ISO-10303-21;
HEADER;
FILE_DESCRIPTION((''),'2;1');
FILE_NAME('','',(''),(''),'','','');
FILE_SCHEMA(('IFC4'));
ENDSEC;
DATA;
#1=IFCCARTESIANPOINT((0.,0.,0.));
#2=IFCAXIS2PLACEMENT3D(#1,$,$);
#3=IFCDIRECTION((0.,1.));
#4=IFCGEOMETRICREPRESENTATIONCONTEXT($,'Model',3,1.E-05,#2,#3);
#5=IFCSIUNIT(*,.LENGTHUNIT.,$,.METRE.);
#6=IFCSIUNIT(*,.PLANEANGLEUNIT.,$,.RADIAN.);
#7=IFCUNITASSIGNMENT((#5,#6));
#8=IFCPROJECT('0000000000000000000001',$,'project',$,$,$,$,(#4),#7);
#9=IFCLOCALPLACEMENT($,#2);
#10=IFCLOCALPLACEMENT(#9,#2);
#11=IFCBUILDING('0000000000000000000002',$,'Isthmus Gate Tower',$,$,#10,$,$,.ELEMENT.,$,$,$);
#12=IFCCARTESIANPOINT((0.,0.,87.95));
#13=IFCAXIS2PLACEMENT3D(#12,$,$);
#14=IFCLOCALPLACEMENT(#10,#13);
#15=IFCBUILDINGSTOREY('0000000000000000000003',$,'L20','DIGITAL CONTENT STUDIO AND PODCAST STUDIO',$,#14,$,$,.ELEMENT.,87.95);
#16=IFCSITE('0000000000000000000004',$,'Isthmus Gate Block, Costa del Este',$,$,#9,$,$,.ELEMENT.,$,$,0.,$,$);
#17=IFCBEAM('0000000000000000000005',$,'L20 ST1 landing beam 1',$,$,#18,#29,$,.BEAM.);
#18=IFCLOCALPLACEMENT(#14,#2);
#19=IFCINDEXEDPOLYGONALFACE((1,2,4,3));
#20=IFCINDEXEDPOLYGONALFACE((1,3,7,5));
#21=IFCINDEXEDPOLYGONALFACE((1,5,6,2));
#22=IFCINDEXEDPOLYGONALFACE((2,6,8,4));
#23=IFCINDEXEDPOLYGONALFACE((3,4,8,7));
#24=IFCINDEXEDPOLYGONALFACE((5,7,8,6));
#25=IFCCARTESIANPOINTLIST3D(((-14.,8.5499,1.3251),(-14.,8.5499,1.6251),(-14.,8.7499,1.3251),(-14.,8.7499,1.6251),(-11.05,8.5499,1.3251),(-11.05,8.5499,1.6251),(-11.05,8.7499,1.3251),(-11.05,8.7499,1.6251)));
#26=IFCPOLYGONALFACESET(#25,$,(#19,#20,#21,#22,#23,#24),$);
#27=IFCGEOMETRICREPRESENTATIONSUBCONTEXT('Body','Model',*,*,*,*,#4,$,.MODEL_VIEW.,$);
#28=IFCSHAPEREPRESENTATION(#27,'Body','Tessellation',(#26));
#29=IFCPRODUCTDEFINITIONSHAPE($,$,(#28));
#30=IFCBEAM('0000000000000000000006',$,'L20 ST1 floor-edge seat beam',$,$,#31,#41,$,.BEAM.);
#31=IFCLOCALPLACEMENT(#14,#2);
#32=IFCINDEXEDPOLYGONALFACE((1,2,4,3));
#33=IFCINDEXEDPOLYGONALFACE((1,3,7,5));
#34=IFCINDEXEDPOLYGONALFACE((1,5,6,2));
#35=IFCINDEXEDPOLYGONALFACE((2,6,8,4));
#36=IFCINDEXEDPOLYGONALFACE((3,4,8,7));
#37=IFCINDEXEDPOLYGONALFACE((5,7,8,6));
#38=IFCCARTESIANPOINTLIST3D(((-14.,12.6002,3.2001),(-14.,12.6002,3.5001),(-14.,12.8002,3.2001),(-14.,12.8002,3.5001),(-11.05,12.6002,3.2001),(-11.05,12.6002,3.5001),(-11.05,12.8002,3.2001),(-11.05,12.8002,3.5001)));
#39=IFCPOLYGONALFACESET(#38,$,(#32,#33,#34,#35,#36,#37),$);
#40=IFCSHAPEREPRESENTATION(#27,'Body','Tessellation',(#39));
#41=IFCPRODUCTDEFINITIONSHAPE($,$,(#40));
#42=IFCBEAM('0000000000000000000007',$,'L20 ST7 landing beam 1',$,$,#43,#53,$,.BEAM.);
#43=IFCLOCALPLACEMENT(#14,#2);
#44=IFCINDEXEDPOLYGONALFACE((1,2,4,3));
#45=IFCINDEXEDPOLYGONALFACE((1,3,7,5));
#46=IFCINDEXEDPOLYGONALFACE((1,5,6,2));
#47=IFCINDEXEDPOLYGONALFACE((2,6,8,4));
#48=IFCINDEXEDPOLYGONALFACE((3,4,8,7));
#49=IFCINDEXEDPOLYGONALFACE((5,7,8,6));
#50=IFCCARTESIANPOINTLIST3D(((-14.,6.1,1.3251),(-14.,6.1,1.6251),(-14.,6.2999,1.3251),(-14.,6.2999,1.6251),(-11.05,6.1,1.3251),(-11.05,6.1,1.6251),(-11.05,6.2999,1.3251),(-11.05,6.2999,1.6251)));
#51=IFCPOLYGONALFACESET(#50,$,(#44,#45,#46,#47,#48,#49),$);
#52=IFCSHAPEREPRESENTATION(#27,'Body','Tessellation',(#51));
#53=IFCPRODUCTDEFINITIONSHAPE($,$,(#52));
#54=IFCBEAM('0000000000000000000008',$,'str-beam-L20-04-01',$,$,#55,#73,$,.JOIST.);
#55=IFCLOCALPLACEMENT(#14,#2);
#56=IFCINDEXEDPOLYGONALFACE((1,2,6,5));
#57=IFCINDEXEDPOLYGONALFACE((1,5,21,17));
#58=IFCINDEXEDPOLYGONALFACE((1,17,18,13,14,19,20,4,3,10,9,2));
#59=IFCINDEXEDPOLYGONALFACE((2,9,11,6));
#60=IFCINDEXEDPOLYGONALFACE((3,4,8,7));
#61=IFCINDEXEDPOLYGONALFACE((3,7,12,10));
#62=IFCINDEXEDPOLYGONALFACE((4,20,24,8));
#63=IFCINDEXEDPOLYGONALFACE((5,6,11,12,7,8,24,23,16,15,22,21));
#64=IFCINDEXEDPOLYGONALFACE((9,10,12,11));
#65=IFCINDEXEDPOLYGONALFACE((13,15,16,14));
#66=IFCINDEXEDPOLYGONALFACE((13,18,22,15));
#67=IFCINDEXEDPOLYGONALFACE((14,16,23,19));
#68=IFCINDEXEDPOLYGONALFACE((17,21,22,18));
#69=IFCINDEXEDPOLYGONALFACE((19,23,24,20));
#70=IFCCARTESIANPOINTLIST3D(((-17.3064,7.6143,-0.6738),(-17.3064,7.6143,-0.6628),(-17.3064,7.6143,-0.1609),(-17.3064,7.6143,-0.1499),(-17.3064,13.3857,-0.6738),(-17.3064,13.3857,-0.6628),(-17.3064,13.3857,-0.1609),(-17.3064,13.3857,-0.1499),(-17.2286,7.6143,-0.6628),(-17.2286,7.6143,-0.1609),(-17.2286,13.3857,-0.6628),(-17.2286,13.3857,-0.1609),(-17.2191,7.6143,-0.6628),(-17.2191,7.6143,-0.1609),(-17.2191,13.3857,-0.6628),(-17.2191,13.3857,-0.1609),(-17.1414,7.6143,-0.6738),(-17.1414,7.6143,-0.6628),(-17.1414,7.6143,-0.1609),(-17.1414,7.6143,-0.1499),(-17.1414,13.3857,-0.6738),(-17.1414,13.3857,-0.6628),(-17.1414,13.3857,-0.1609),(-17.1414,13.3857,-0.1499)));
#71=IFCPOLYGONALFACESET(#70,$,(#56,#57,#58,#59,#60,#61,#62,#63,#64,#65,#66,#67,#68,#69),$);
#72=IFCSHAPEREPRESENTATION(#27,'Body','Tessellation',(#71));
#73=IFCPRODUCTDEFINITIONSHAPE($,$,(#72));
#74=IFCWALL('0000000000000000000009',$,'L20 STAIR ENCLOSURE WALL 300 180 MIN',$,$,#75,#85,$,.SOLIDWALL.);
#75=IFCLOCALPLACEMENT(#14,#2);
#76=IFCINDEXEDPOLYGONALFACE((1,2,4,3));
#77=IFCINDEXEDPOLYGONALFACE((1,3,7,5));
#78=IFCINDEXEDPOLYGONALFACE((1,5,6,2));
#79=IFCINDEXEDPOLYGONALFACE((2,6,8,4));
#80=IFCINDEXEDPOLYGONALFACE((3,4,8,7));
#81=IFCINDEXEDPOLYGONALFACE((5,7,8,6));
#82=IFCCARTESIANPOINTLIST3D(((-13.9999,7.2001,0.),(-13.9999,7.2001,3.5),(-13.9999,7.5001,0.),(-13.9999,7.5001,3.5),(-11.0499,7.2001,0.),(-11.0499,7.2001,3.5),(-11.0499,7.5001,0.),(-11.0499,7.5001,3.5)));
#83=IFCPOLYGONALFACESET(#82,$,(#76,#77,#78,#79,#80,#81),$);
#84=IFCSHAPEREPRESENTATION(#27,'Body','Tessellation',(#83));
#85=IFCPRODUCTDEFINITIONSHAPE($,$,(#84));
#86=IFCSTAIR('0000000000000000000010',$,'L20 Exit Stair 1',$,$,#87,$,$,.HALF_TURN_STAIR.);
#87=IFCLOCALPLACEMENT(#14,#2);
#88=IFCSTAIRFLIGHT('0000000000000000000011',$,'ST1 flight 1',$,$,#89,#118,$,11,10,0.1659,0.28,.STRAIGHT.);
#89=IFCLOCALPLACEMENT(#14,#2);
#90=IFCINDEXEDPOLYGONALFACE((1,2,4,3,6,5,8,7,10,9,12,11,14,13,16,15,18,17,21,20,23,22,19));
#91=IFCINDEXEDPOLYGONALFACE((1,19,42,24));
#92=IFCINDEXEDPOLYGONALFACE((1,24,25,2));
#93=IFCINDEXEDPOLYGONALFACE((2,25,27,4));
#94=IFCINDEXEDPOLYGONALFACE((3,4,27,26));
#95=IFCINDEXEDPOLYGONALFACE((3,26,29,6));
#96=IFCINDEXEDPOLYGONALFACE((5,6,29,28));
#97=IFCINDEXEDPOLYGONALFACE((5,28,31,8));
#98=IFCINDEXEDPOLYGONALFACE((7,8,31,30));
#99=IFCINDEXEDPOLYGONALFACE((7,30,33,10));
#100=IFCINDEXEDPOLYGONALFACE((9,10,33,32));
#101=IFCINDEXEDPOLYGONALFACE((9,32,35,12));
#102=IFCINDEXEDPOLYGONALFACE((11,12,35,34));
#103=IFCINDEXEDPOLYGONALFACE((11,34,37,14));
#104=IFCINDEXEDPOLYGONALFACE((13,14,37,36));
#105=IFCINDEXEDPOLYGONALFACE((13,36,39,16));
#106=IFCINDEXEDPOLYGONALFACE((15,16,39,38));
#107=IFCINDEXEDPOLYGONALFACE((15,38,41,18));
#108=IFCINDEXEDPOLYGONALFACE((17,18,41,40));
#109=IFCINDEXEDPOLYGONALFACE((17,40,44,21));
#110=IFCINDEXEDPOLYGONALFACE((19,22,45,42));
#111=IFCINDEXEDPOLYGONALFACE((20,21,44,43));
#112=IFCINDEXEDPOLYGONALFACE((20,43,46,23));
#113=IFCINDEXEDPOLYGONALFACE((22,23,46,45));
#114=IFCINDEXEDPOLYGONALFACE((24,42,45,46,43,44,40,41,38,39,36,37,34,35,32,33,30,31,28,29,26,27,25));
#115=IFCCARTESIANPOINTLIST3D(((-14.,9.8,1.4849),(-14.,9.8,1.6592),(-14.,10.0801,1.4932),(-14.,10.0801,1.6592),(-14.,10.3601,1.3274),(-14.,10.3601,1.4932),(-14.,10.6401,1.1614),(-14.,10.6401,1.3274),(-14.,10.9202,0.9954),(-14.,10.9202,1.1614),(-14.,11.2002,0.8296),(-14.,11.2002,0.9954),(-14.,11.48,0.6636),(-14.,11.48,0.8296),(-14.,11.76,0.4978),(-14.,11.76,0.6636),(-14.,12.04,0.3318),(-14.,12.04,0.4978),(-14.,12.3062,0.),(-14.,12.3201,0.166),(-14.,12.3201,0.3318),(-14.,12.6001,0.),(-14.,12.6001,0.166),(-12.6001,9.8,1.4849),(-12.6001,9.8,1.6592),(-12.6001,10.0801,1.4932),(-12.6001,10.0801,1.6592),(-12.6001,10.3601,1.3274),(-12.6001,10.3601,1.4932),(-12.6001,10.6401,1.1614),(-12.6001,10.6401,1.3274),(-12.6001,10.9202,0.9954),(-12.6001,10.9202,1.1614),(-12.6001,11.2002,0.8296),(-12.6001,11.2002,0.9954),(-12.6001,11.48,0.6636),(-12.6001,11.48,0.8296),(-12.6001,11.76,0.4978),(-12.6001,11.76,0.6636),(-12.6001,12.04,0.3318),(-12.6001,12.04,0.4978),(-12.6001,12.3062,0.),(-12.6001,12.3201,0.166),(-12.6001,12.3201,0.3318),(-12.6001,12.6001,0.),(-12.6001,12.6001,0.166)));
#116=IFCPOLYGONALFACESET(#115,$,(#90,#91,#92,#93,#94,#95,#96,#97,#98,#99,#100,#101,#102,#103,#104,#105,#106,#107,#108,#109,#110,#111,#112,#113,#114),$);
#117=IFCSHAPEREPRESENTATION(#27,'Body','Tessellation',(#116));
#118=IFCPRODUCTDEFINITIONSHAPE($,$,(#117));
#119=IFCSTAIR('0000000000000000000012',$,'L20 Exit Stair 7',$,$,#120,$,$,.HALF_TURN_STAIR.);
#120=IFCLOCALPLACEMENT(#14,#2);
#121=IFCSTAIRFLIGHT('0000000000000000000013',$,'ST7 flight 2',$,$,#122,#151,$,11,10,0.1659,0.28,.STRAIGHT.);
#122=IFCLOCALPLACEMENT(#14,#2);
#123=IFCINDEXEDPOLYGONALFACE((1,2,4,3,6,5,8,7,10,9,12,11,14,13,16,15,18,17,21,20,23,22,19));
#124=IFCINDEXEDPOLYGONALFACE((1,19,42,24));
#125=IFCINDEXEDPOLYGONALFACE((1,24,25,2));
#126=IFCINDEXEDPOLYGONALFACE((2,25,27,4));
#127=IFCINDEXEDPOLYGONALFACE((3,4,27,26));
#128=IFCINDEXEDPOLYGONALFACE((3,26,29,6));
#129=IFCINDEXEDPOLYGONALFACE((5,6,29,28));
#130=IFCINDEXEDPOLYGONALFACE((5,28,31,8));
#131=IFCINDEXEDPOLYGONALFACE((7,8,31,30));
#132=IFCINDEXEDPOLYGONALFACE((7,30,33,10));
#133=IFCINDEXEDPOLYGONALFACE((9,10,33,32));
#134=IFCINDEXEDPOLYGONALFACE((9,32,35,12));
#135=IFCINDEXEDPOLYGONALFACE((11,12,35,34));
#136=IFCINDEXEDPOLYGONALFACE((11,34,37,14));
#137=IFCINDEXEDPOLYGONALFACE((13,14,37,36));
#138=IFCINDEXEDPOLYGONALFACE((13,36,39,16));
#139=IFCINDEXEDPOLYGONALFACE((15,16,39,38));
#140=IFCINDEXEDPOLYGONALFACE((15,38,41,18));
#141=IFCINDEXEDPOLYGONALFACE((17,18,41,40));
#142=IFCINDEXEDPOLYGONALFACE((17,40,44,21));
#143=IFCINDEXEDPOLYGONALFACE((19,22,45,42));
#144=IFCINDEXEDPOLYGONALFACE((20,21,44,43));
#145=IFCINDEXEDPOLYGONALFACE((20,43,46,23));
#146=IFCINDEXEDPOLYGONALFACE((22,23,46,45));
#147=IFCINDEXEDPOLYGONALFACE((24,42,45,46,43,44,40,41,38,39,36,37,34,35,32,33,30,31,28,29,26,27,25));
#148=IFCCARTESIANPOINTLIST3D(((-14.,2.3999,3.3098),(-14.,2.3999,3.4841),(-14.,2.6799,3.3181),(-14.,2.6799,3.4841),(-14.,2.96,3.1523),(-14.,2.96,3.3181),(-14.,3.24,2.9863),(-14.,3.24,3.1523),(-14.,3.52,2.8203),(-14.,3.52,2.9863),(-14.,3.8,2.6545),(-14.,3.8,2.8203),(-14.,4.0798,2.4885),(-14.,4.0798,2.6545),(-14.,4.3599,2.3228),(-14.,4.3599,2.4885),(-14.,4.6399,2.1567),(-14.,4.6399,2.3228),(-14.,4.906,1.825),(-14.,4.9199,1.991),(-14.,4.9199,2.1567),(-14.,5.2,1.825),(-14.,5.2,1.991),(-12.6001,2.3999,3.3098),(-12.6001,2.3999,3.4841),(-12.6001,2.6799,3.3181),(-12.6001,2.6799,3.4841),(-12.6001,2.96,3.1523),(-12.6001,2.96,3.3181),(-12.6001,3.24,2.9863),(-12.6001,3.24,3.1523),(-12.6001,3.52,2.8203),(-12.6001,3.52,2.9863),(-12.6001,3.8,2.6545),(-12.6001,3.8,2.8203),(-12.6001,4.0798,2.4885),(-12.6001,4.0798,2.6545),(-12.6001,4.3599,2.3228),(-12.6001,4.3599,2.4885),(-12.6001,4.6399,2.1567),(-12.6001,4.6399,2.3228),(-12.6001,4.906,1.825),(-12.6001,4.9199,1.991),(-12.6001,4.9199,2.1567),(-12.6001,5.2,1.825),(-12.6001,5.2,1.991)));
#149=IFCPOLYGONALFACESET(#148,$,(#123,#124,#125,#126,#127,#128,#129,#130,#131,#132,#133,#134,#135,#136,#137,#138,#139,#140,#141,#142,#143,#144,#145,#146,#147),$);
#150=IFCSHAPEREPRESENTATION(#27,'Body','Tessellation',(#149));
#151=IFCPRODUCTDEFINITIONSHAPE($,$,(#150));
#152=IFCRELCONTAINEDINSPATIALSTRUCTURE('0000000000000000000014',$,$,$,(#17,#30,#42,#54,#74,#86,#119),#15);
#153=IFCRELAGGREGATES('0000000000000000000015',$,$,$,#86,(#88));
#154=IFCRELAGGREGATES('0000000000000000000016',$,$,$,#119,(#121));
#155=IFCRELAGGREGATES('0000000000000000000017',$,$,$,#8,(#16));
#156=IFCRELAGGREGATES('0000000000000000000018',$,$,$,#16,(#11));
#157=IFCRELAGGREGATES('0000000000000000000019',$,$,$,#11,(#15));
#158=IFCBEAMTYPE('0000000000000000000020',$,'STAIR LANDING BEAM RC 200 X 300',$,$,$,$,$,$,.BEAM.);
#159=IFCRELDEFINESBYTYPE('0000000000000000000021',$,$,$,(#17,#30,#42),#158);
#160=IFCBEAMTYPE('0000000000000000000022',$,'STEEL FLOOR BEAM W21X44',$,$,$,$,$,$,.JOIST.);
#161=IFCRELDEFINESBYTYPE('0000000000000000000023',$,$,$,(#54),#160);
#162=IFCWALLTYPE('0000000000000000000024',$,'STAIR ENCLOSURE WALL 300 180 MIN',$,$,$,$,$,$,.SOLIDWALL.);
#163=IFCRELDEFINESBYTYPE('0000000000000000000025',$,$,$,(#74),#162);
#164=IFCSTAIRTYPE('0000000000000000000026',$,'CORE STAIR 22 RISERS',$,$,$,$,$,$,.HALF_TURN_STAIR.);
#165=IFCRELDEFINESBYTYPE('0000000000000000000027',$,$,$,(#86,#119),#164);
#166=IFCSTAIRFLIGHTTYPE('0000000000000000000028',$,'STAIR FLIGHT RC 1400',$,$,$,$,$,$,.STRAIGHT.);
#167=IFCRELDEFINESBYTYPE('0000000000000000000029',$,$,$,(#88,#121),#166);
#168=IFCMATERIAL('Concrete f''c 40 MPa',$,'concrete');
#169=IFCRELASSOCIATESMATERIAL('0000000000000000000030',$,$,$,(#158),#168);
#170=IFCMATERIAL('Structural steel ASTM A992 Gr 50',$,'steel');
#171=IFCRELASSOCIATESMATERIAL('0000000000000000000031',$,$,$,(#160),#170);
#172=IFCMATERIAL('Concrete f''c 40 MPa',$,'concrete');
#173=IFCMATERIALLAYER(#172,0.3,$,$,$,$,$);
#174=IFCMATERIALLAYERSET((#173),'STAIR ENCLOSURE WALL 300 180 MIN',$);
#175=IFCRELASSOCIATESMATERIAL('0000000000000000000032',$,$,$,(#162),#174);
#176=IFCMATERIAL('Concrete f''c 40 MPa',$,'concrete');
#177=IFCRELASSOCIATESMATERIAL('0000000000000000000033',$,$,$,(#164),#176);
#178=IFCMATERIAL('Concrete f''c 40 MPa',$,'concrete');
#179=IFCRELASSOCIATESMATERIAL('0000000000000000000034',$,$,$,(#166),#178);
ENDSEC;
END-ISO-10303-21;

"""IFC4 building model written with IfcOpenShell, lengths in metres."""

from ifc_helpers import new_model, si_unit, direction, frame, frame_2d, origin, origin_2d, place, context, subcontext, project, spatial, polyline, rectangle, i_section, outline, extrude, material, layer, layer_set, material_profile, profile_set, type_object, element, aggregate, save


model = new_model("IFC4")

# Units and contexts
model_context = context("Model", 3, precision=1e-05, world=origin(), true_north=direction((0.0, 1.0)))
body_context = subcontext(model_context, "Body", "Model", "MODEL_VIEW")
ifc_project = project(units=[si_unit("LENGTHUNIT", "METRE"), si_unit("PLANEANGLEUNIT", "RADIAN")], contexts=[model_context])

# Site, building, storey
site_placement = place(None, origin())
site = spatial("IfcSite", under=ifc_project, at=site_placement, Name="Isthmus Gate Block, Costa del Este", CompositionType="ELEMENT", RefElevation=0.0)
building_placement = place(site_placement, origin())
building = spatial("IfcBuilding", under=site, at=building_placement, Name="Isthmus Gate Tower", CompositionType="ELEMENT")
storey_placement = place(building_placement, frame((0.0, 0.0, 87.95)))
storey = spatial("IfcBuildingStorey", under=building, at=storey_placement, Name="L20", Description="DIGITAL CONTENT STUDIO AND PODCAST STUDIO", CompositionType="ELEMENT", Elevation=87.95)

# Beams
ifc_material_1 = material(Name="Concrete f'c 40 MPa", Category="concrete")
ifc_material_profile_1 = material_profile(ifc_material_1, rectangle(XDim=0.2, YDim=0.3, at=origin_2d()), Name="STAIR LANDING BEAM RC 200 X 300")
ifc_profile_set_1 = profile_set([ifc_material_profile_1], Name="Concrete f'c 40 MPa")
beam_type_1 = type_object("IfcBeamType", Name="STAIR LANDING BEAM RC 200 X 300", PredefinedType="BEAM", material=ifc_profile_set_1)
for number, where, z_axis, x_axis, name in (
    (1, (-14.0, 8.6499, 1.4751), (1.0, 0.0, 0.0), (0.0, 1.0, 0.0), "L20 ST1 landing beam 1"),
    (2, (-14.0, 12.7002, 3.3501), (1.0, 0.0, 0.0), (0.0, 1.0, 0.0), "L20 ST1 floor-edge seat beam"),
    (3, (-14.0, 6.2, 1.4751), (1.0, 0.0, 0.0), (0.0, 1.0, 0.0), "L20 ST7 landing beam 1"),
):
    element("IfcBeam", number, at=place(storey_placement, frame(where, z_axis=z_axis, x_axis=x_axis)), inside=storey, type_object=beam_type_1, Name=name, PredefinedType="BEAM", context=body_context, shape_type="SweptSolid", body=[
        extrude(rectangle(XDim=0.2, YDim=0.3, at=origin_2d()), origin(), (0.0, 0.0, 1.0), 2.95),
    ])
ifc_material_2 = material(Name="Structural steel ASTM A992 Gr 50", Category="steel")
ifc_material_profile_2 = material_profile(ifc_material_2, i_section(OverallWidth=0.165, OverallDepth=0.5239, WebThickness=0.0095, FlangeThickness=0.011, at=origin_2d()), Name="W21X44")
ifc_profile_set_2 = profile_set([ifc_material_profile_2], Name="Structural steel ASTM A992 Gr 50")
beam_type_2 = type_object("IfcBeamType", Name="STEEL FLOOR BEAM W21X44", PredefinedType="JOIST", material=ifc_profile_set_2)
beam_placement = place(storey_placement, frame((-17.2239, 7.6143, -0.4119), z_axis=(0.0, 1.0, 0.0), x_axis=(-1.0, 0.0, 0.0)))
element("IfcBeam", 4, at=beam_placement, inside=storey, type_object=beam_type_2, Name="str-beam-L20-04-01", PredefinedType="JOIST", context=body_context, shape_type="SweptSolid", body=[
    extrude(i_section(OverallWidth=0.165, OverallDepth=0.5239, WebThickness=0.0095, FlangeThickness=0.011, at=origin_2d()), origin(), (0.0, 0.0, 1.0), 5.7715),
])

# Wall
ifc_material_3 = material(Name="Concrete f'c 40 MPa", Category="concrete")
ifc_layer = layer(ifc_material_3, 0.3)
ifc_layer_set = layer_set([ifc_layer], Name="STAIR ENCLOSURE WALL 300 180 MIN")
wall_type = type_object("IfcWallType", Name="STAIR ENCLOSURE WALL 300 180 MIN", PredefinedType="SOLIDWALL", material=ifc_layer_set)
wall_placement = place(storey_placement, frame((-14.0, 7.3501, 0.0), z_axis=(0.0, 0.0, 1.0), x_axis=(1.0, 0.0, 0.0)))
element("IfcWall", 5, at=wall_placement, inside=storey, type_object=wall_type, Name="L20 STAIR ENCLOSURE WALL 300 180 MIN", PredefinedType="SOLIDWALL", context=body_context, shape_type="SweptSolid", body=[
    extrude(rectangle(XDim=2.95, YDim=0.3, at=frame_2d((1.4751, 0.0))), origin(), (0.0, 0.0, 1.0), 3.5),
])

# Stairs, stair flights
ifc_material_4 = material(Name="Concrete f'c 40 MPa", Category="concrete")
stair_type = type_object("IfcStairType", Name="CORE STAIR 22 RISERS", PredefinedType="HALF_TURN_STAIR", material=ifc_material_4)
stair_1_placement = place(storey_placement, origin())
stair_1 = element("IfcStair", 6, at=stair_1_placement, inside=storey, type_object=stair_type, Name="L20 Exit Stair 1", PredefinedType="HALF_TURN_STAIR")
ifc_material_5 = material(Name="Concrete f'c 40 MPa", Category="concrete")
stair_flight_type = type_object("IfcStairFlightType", Name="STAIR FLIGHT RC 1400", PredefinedType="STRAIGHT", material=ifc_material_5)
stair_flight_1_placement = place(storey_placement, frame((-13.3, 12.6001, 0.0), z_axis=(0.0, 0.0, 1.0), x_axis=(0.0, -1.0, 0.0)))
stair_flight_1 = element("IfcStairFlight", 7, at=stair_flight_1_placement, type_object=stair_flight_type, Name="ST1 flight 1", NumberOfRisers=11, NumberOfTreads=10, PredefinedType="STRAIGHT", RiserHeight=0.1659, TreadLength=0.28, context=body_context, shape_type="SweptSolid", body=[
    extrude(outline(polyline([(0.0, 0.0), (0.0, 0.166), (0.28, 0.166), (0.28, 0.3318), (0.5601, 0.3318), (0.5601, 0.4978), (0.8401, 0.4978), (0.8401, 0.6636), (1.1201, 0.6636), (1.1201, 0.8296), (1.3999, 0.8296), (1.3999, 0.9954), (1.6799, 0.9954), (1.6799, 1.1614), (1.96, 1.1614), (1.96, 1.3274), (2.24, 1.3274), (2.24, 1.4932), (2.52, 1.4932), (2.52, 1.6592), (2.8, 1.6592), (2.8, 1.825), (2.8, 1.4849), (0.2939, 0.0), (0.0, 0.0)])), frame((0.0, 0.7, 0.0), z_axis=(0.0, -1.0, 0.0), x_axis=(1.0, 0.0, 0.0)), (0.0, 0.0, 1.0), 1.3999),
])
aggregate(stair_1, [stair_flight_1])
stair_2_placement = place(storey_placement, origin())
stair_2 = element("IfcStair", 8, at=stair_2_placement, inside=storey, type_object=stair_type, Name="L20 Exit Stair 7", PredefinedType="HALF_TURN_STAIR")
stair_flight_2_placement = place(storey_placement, frame((-13.3, 5.2, 1.825), z_axis=(0.0, 0.0, 1.0), x_axis=(0.0, -1.0, 0.0)))
stair_flight_2 = element("IfcStairFlight", 9, at=stair_flight_2_placement, type_object=stair_flight_type, Name="ST7 flight 2", NumberOfRisers=11, NumberOfTreads=10, PredefinedType="STRAIGHT", RiserHeight=0.1659, TreadLength=0.28, context=body_context, shape_type="SweptSolid", body=[
    extrude(outline(polyline([(0.0, 0.0), (0.0, 0.166), (0.28, 0.166), (0.28, 0.3318), (0.5601, 0.3318), (0.5601, 0.4978), (0.8401, 0.4978), (0.8401, 0.6636), (1.1201, 0.6636), (1.1201, 0.8296), (1.3999, 0.8296), (1.3999, 0.9954), (1.6799, 0.9954), (1.6799, 1.1614), (1.96, 1.1614), (1.96, 1.3274), (2.24, 1.3274), (2.24, 1.4932), (2.52, 1.4932), (2.52, 1.6592), (2.8, 1.6592), (2.8, 1.825), (2.8, 1.4849), (0.2939, 0.0), (0.0, 0.0)])), frame((0.0, 0.7, 0.0), z_axis=(0.0, -1.0, 0.0), x_axis=(1.0, 0.0, 0.0)), (0.0, 0.0, 1.0), 1.3999),
])
aggregate(stair_2, [stair_flight_2])

save(model, "model.ifc")
